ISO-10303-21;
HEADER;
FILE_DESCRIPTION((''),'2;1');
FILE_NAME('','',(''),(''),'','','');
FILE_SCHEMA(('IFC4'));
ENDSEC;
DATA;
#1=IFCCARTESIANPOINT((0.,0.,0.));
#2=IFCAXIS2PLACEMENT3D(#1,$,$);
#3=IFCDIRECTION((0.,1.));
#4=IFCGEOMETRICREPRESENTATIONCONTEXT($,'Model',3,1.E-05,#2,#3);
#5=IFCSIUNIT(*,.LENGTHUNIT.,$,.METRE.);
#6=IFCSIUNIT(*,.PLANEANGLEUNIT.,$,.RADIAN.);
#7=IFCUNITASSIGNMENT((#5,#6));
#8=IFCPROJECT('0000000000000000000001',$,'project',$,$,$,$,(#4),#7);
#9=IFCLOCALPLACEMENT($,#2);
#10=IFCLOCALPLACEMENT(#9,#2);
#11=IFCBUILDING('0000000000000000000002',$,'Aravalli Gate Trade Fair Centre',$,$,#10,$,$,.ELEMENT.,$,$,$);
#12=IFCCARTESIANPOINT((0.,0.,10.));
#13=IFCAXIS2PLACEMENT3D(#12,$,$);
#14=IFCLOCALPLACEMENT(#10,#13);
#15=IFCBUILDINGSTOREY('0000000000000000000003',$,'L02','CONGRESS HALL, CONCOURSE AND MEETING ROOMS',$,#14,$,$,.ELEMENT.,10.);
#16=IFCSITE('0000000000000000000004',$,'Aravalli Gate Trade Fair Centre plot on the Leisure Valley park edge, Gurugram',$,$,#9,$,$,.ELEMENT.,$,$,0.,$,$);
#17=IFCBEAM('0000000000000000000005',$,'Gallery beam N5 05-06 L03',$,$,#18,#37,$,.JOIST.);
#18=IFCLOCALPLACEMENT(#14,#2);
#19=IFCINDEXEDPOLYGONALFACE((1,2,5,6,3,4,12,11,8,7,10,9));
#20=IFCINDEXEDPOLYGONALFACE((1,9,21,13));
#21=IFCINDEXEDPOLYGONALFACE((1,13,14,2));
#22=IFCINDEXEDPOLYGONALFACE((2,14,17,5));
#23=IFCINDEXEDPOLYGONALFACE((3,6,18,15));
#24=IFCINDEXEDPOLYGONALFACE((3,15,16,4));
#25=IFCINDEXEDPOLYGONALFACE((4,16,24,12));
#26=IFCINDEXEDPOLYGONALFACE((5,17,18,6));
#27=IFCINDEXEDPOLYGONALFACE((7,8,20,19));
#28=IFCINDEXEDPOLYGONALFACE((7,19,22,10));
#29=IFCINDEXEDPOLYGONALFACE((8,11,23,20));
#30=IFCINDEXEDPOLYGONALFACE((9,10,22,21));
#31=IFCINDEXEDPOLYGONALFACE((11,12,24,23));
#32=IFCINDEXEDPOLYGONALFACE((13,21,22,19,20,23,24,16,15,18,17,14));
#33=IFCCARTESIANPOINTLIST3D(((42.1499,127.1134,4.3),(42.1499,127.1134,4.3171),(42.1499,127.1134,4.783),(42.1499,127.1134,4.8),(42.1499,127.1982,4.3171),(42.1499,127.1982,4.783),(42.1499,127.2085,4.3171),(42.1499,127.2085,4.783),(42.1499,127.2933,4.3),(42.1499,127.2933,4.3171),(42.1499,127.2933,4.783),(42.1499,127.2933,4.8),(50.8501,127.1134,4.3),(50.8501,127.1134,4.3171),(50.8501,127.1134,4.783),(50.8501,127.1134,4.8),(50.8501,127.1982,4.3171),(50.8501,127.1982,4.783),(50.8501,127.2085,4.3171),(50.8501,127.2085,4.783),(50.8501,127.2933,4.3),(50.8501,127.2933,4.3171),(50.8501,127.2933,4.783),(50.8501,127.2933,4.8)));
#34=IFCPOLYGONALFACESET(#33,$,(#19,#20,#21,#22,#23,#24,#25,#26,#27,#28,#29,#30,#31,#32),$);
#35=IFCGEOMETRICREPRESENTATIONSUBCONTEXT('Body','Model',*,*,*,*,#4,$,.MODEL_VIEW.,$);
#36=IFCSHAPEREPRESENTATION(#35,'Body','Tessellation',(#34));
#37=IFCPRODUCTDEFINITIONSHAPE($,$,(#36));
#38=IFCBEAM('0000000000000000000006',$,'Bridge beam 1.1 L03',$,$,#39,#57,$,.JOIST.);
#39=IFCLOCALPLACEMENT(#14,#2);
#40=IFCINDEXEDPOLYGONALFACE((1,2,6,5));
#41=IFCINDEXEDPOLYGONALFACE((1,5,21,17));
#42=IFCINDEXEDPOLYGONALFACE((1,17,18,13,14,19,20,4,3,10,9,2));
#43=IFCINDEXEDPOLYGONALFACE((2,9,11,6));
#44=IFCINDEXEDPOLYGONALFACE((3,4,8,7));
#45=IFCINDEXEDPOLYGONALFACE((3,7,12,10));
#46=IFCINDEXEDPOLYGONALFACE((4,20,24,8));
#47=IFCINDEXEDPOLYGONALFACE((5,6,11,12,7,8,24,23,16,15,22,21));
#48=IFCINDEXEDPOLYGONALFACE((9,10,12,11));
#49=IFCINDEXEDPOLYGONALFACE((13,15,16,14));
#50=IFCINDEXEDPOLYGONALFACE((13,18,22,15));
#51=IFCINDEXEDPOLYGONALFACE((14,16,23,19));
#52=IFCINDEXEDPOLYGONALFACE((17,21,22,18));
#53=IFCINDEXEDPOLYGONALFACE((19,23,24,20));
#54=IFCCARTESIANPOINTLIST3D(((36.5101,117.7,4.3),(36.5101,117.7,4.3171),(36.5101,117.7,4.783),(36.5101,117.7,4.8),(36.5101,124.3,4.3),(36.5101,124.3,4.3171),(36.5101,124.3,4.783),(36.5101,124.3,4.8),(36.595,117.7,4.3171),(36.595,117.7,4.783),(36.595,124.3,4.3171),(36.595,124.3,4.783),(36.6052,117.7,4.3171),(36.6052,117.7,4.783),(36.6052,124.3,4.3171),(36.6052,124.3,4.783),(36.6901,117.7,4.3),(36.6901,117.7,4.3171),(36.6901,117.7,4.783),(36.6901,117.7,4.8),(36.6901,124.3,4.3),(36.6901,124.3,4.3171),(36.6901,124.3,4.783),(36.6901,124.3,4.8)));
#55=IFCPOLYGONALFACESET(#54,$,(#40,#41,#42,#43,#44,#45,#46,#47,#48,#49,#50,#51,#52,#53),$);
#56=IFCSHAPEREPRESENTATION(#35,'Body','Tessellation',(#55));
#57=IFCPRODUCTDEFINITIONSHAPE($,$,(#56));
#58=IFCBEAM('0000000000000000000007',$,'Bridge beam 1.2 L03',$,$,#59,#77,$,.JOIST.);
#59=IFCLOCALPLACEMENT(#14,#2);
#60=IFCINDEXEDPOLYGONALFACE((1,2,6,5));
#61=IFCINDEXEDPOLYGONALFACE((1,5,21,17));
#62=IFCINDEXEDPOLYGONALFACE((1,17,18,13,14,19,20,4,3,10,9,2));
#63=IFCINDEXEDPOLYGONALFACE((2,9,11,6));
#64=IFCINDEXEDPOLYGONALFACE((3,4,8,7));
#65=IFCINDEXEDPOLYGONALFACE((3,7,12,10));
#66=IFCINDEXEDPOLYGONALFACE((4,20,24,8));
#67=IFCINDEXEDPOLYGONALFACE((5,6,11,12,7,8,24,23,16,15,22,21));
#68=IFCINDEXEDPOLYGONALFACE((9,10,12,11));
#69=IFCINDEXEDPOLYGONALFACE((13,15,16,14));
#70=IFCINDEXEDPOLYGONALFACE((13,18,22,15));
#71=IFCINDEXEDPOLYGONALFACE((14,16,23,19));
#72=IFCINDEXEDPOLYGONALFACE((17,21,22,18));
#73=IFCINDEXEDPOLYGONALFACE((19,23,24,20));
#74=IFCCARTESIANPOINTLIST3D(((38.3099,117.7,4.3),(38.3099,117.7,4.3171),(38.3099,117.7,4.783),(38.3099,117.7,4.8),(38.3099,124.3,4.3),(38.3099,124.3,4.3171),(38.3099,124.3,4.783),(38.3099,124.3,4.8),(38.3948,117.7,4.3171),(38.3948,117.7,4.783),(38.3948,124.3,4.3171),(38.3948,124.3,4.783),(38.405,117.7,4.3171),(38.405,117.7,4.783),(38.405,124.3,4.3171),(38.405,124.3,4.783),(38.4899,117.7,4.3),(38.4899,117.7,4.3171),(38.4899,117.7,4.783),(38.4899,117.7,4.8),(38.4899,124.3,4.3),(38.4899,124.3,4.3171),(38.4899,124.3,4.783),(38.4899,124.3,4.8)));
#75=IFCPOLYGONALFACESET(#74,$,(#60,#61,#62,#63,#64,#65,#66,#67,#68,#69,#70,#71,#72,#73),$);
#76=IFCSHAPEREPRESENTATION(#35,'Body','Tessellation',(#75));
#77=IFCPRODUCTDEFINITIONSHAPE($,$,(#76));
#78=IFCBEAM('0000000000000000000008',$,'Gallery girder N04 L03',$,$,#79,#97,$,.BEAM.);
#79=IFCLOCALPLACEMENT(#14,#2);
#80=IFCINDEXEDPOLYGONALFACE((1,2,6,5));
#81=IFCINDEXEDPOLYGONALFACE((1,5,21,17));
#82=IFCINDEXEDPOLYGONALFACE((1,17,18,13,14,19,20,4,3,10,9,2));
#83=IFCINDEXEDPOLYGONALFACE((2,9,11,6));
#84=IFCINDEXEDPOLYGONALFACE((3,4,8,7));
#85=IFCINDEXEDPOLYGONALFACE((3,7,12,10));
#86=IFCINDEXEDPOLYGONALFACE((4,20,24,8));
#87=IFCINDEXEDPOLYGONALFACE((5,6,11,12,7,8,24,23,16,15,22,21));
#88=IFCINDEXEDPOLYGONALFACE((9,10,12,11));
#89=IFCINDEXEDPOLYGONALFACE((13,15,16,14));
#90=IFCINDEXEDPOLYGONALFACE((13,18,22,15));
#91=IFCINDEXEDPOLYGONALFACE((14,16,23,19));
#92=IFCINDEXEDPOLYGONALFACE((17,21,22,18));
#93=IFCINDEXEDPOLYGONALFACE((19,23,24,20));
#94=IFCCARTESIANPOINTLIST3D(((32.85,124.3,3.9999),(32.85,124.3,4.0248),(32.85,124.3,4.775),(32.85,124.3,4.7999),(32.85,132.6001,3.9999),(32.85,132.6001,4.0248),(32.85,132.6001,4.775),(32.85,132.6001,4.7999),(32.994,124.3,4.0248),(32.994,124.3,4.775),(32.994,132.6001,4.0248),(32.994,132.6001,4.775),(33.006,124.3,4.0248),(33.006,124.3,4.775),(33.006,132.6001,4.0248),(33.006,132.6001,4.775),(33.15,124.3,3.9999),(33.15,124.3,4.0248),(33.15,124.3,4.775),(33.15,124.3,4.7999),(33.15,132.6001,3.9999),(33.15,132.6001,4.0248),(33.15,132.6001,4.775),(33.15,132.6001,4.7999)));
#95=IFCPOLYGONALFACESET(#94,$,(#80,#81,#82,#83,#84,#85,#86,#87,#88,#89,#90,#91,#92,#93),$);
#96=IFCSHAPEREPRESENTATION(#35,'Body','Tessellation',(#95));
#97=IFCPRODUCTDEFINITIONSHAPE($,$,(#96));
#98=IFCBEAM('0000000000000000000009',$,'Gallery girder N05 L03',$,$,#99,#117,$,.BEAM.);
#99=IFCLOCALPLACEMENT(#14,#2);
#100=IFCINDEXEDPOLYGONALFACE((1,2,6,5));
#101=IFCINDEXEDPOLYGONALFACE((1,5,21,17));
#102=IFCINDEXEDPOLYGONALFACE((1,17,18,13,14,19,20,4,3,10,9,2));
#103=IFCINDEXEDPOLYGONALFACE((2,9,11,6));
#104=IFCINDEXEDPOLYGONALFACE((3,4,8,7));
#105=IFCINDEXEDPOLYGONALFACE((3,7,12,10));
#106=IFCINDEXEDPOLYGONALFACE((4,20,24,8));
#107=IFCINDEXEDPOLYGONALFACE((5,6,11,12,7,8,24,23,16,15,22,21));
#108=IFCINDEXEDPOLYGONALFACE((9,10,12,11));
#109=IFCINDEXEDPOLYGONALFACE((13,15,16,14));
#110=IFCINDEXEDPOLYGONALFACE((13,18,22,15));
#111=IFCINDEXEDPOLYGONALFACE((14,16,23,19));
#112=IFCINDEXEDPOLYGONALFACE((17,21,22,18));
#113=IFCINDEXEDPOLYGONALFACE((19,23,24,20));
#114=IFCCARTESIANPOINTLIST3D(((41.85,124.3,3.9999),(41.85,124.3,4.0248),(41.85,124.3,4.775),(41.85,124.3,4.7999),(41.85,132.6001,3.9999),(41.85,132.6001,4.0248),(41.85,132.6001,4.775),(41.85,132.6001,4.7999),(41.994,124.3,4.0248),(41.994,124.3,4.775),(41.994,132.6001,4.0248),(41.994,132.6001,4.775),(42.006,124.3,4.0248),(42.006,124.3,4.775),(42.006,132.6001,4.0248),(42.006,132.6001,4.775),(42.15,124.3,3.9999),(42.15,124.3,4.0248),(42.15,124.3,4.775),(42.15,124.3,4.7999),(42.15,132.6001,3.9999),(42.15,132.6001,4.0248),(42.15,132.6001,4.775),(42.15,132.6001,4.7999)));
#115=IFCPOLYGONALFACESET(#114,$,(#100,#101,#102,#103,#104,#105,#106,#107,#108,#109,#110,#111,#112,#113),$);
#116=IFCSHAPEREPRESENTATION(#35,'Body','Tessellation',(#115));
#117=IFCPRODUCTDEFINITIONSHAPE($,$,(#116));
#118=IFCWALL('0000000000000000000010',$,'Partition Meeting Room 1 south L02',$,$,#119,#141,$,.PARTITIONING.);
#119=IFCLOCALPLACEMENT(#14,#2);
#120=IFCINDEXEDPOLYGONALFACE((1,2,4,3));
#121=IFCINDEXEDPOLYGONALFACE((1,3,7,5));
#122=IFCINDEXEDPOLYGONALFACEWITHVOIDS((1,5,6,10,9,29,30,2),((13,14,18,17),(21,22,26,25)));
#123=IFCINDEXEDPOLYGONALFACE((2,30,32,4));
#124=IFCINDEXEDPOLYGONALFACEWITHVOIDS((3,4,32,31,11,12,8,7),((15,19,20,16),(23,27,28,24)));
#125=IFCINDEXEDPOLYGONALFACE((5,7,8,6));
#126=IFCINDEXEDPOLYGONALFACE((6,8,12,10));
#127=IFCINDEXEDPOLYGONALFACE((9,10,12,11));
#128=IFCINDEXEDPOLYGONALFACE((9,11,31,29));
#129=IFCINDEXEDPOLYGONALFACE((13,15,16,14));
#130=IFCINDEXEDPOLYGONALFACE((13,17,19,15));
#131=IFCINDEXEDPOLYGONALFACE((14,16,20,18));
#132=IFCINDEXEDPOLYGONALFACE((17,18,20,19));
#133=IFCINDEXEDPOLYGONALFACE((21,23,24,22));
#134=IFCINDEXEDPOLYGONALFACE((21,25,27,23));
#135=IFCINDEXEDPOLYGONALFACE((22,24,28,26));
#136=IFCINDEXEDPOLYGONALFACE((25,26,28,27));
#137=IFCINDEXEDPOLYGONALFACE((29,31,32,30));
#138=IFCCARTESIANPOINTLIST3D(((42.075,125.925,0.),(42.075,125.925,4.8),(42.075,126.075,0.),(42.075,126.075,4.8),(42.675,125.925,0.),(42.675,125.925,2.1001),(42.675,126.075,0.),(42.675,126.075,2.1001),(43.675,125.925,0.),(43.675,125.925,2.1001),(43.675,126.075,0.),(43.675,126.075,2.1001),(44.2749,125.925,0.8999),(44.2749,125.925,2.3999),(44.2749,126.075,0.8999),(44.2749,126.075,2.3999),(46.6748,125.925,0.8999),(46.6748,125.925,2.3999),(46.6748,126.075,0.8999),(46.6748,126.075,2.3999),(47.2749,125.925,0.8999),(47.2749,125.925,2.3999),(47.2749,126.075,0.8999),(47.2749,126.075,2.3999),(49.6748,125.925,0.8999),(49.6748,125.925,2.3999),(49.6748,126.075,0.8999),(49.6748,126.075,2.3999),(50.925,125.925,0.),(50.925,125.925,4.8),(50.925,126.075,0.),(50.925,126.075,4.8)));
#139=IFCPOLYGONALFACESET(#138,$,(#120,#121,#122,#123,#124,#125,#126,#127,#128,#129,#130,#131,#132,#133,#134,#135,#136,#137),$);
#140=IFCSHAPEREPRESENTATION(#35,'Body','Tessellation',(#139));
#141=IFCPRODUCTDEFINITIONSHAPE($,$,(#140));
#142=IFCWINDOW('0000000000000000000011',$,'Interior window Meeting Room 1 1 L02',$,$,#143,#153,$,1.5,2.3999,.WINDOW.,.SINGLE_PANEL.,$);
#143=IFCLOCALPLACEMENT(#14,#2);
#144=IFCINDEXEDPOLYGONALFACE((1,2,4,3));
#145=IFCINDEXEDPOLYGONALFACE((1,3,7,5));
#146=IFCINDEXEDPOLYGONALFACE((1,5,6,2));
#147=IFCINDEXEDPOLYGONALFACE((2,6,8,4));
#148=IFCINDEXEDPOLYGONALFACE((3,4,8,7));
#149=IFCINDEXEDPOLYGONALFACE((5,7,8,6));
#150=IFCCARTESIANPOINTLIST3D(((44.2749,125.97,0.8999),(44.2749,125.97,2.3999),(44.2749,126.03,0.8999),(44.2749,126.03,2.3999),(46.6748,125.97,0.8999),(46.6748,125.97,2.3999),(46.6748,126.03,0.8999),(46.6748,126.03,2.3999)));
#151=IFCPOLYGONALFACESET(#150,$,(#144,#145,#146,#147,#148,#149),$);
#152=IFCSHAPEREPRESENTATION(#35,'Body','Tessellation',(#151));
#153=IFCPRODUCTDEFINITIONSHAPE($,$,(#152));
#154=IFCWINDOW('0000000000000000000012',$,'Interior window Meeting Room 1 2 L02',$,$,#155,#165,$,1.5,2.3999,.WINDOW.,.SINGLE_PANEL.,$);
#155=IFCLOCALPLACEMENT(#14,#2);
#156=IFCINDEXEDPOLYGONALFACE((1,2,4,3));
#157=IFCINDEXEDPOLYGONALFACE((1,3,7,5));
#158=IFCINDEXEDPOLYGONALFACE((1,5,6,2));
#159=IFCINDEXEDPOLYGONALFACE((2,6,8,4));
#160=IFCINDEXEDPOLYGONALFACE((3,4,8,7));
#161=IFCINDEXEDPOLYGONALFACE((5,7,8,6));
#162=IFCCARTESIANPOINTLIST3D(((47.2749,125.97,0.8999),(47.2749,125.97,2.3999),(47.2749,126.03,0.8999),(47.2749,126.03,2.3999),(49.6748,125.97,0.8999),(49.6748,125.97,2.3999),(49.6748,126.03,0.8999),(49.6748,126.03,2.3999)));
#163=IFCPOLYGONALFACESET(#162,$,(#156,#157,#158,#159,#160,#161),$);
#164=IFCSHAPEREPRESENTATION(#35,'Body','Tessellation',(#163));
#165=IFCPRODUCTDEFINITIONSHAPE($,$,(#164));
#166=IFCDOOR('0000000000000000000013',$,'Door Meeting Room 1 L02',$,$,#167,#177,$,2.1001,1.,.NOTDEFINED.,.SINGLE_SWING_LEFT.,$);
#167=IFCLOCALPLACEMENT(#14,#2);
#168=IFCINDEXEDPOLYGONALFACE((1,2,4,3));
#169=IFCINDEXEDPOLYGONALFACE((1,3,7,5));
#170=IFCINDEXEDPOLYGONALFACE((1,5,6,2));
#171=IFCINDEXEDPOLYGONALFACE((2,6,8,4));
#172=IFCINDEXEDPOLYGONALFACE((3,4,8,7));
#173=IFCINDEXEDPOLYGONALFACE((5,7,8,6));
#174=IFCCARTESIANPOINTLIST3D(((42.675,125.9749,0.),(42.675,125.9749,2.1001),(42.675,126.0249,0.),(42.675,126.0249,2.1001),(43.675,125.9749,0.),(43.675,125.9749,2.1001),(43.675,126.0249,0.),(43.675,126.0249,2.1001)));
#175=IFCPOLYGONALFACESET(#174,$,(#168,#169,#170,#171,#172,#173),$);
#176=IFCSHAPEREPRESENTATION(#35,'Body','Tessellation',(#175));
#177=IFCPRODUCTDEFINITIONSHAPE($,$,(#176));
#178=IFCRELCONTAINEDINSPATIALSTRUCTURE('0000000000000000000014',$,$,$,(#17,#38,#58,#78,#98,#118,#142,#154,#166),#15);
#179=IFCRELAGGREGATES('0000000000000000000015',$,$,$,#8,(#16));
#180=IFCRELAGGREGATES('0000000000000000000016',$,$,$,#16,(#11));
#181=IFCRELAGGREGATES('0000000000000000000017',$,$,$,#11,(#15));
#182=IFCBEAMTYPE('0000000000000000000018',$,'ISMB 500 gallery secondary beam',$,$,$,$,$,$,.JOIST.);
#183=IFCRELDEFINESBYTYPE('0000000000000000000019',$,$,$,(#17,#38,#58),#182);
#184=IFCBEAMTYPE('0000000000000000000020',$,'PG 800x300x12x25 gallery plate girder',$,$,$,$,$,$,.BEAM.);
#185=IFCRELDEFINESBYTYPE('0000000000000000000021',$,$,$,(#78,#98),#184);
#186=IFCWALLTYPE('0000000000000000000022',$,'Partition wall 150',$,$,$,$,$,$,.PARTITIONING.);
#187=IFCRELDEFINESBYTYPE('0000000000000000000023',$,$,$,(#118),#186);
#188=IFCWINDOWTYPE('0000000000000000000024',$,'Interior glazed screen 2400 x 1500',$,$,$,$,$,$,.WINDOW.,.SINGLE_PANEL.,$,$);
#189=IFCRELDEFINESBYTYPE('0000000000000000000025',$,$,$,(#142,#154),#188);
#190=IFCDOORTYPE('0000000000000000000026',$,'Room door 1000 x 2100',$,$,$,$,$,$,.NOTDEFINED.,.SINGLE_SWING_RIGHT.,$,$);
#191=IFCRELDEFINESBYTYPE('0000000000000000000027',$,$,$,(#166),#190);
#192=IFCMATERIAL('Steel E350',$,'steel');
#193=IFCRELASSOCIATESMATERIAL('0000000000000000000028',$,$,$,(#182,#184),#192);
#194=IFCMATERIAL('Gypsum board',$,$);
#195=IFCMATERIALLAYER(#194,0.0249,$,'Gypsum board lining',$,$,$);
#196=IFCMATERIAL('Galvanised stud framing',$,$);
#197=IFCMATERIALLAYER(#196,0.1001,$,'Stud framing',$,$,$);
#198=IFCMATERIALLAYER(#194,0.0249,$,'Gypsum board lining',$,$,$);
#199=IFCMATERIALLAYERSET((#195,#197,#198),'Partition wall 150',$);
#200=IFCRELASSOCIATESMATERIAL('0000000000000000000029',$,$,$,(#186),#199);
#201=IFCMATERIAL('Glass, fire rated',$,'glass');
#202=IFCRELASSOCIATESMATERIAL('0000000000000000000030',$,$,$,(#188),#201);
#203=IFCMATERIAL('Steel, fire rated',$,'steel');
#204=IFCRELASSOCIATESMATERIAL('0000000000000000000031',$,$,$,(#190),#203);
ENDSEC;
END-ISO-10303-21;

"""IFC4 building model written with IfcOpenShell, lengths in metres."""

from ifc_helpers import new_model, si_unit, direction, frame, frame_2d, origin, origin_2d, place, context, subcontext, project, spatial, rectangle, i_section, extrude, material, layer, layer_set, material_profile, profile_set, type_object, element, fill, save


model = new_model("IFC4")

# Units and contexts
model_context = context("Model", 3, precision=1e-05, world=origin(), true_north=direction((0.0, 1.0)))
body_context = subcontext(model_context, "Body", "Model", "MODEL_VIEW")
ifc_project = project(units=[si_unit("LENGTHUNIT", "METRE"), si_unit("PLANEANGLEUNIT", "RADIAN")], contexts=[model_context])

# Site, building, storey
site_placement = place(None, origin())
site = spatial("IfcSite", under=ifc_project, at=site_placement, Name="Aravalli Gate Trade Fair Centre plot on the Leisure Valley park edge, Gurugram", CompositionType="ELEMENT", RefElevation=0.0)
building_placement = place(site_placement, origin())
building = spatial("IfcBuilding", under=site, at=building_placement, Name="Aravalli Gate Trade Fair Centre", CompositionType="ELEMENT")
storey_placement = place(building_placement, frame((0.0, 0.0, 10.0)))
storey = spatial("IfcBuildingStorey", under=building, at=storey_placement, Name="L02", Description="CONGRESS HALL, CONCOURSE AND MEETING ROOMS", CompositionType="ELEMENT", Elevation=10.0)

# Beams
ifc_material_1 = material(Name="Steel E350", Category="steel")
ifc_material_profile_1 = material_profile(ifc_material_1, i_section(OverallWidth=0.1799, OverallDepth=0.5, WebThickness=0.0103, FlangeThickness=0.0171, at=origin_2d()), Name="ISMB 500")
ifc_profile_set_1 = profile_set([ifc_material_profile_1], Name="Steel E350")
beam_type_1 = type_object("IfcBeamType", Name="ISMB 500 gallery secondary beam", PredefinedType="JOIST", material=ifc_profile_set_1)
for number, where, z_axis, x_axis, name in (
    (1, (42.1499, 127.2034, 4.55), (1.0, 0.0, 0.0), (0.0, 1.0, 0.0), "Gallery beam N5 05-06 L03"),
):
    element("IfcBeam", number, at=place(storey_placement, frame(where, z_axis=z_axis, x_axis=x_axis)), inside=storey, type_object=beam_type_1, Name=name, PredefinedType="JOIST", context=body_context, shape_type="SweptSolid", body=[
        extrude(i_section(OverallWidth=0.1799, OverallDepth=0.5, WebThickness=0.0103, FlangeThickness=0.0171, at=origin_2d()), origin(), (0.0, 0.0, 1.0), 8.7002),
    ])
for number, where, z_axis, x_axis, name in (
    (2, (36.6001, 117.7, 4.55), (0.0, 1.0, 0.0), (-1.0, 0.0, 0.0), "Bridge beam 1.1 L03"),
    (3, (38.3999, 117.7, 4.55), (0.0, 1.0, 0.0), (-1.0, 0.0, 0.0), "Bridge beam 1.2 L03"),
):
    element("IfcBeam", number, at=place(storey_placement, frame(where, z_axis=z_axis, x_axis=x_axis)), inside=storey, type_object=beam_type_1, Name=name, PredefinedType="JOIST", context=body_context, shape_type="SweptSolid", body=[
        extrude(i_section(OverallWidth=0.1799, OverallDepth=0.5, WebThickness=0.0103, FlangeThickness=0.0171, at=origin_2d()), origin(), (0.0, 0.0, 1.0), 6.6001),
    ])
ifc_material_profile_2 = material_profile(ifc_material_1, i_section(OverallWidth=0.3, OverallDepth=0.8, WebThickness=0.012, FlangeThickness=0.0249, at=origin_2d()), Name="PG 800x300x12x25")
ifc_profile_set_2 = profile_set([ifc_material_profile_2], Name="Steel E350")
beam_type_2 = type_object("IfcBeamType", Name="PG 800x300x12x25 gallery plate girder", PredefinedType="BEAM", material=ifc_profile_set_2)
for number, where, z_axis, x_axis, name in (
    (4, (33.0, 124.3, 4.3999), (0.0, 1.0, 0.0), (-1.0, 0.0, 0.0), "Gallery girder N04 L03"),
    (5, (42.0, 124.3, 4.3999), (0.0, 1.0, 0.0), (-1.0, 0.0, 0.0), "Gallery girder N05 L03"),
):
    element("IfcBeam", number, at=place(storey_placement, frame(where, z_axis=z_axis, x_axis=x_axis)), inside=storey, type_object=beam_type_2, Name=name, PredefinedType="BEAM", context=body_context, shape_type="SweptSolid", body=[
        extrude(i_section(OverallWidth=0.3, OverallDepth=0.8, WebThickness=0.012, FlangeThickness=0.0249, at=origin_2d()), origin(), (0.0, 0.0, 1.0), 8.3),
    ])

# Wall, openings, windows, door
ifc_material_2 = material(Name="Gypsum board")
ifc_layer_1 = layer(ifc_material_2, 0.0249, Name="Gypsum board lining")
ifc_material_3 = material(Name="Galvanised stud framing")
ifc_layer_2 = layer(ifc_material_3, 0.1001, Name="Stud framing")
ifc_layer_3 = layer(ifc_material_2, 0.0249, Name="Gypsum board lining")
ifc_layer_set_1 = layer_set([ifc_layer_1, ifc_layer_2, ifc_layer_3], Name="Partition wall 150")
wall_type_1 = type_object("IfcWallType", Name="Partition wall 150", PredefinedType="PARTITIONING", material=ifc_layer_set_1)
wall_1_placement = place(storey_placement, frame((42.075, 126.0, 0.0), z_axis=(0.0, 0.0, 1.0), x_axis=(1.0, 0.0, 0.0)))
wall_1 = element("IfcWall", 6, at=wall_1_placement, inside=storey, type_object=wall_type_1, Name="Partition Meeting Room 1 south L02", PredefinedType="PARTITIONING", context=body_context, shape_type="SweptSolid", body=[
    extrude(rectangle(XDim=8.8501, YDim=0.1499, at=frame_2d((4.425, 0.0))), origin(), (0.0, 0.0, 1.0), 4.8),
])
opening_1_placement = place(wall_1_placement, frame((0.6001, 0.0, 0.0)))
opening_1 = element("IfcOpeningElement", 7, at=opening_1_placement, cuts=wall_1, PredefinedType="OPENING", context=body_context, shape_type="SweptSolid", body=[
    extrude(rectangle(XDim=1.0, YDim=2.1001, at=frame_2d((0.5, 1.05))), frame((0.0, 0.085, 0.0), z_axis=(0.0, -1.0, 0.0), x_axis=(1.0, 0.0, 0.0)), (0.0, 0.0, 1.0), 0.1699),
])
opening_2_placement = place(wall_1_placement, frame((2.2, 0.0, 0.8999)))
opening_2 = element("IfcOpeningElement", 8, at=opening_2_placement, cuts=wall_1, PredefinedType="OPENING", context=body_context, shape_type="SweptSolid", body=[
    extrude(rectangle(XDim=2.3999, YDim=1.5, at=frame_2d((1.2, 0.75))), frame((0.0, 0.085, 0.0), z_axis=(0.0, -1.0, 0.0), x_axis=(1.0, 0.0, 0.0)), (0.0, 0.0, 1.0), 0.1699),
])
opening_3_placement = place(wall_1_placement, frame((5.2, 0.0, 0.8999)))
opening_3 = element("IfcOpeningElement", 9, at=opening_3_placement, cuts=wall_1, PredefinedType="OPENING", context=body_context, shape_type="SweptSolid", body=[
    extrude(rectangle(XDim=2.3999, YDim=1.5, at=frame_2d((1.2, 0.75))), frame((0.0, 0.085, 0.0), z_axis=(0.0, -1.0, 0.0), x_axis=(1.0, 0.0, 0.0)), (0.0, 0.0, 1.0), 0.1699),
])
ifc_material_4 = material(Name="Glass, fire rated", Category="glass")
window_type = type_object("IfcWindowType", Name="Interior glazed screen 2400 x 1500", PartitioningType="SINGLE_PANEL", PredefinedType="WINDOW", material=ifc_material_4)
window_1_placement = place(opening_2_placement, origin())
window_1 = element("IfcWindow", 10, at=window_1_placement, inside=storey, type_object=window_type, Name="Interior window Meeting Room 1 1 L02", OverallHeight=1.5, OverallWidth=2.3999, PartitioningType="SINGLE_PANEL", PredefinedType="WINDOW", context=body_context, shape_type="SweptSolid", body=[
    extrude(rectangle(XDim=2.3999, YDim=1.5, at=frame_2d((1.2, 0.75))), frame((0.0, 0.03, 0.0), z_axis=(0.0, -1.0, 0.0), x_axis=(1.0, 0.0, 0.0)), (0.0, 0.0, 1.0), 0.0601),
])
fill(opening_2, window_1)
window_2_placement = place(opening_3_placement, origin())
window_2 = element("IfcWindow", 11, at=window_2_placement, inside=storey, type_object=window_type, Name="Interior window Meeting Room 1 2 L02", OverallHeight=1.5, OverallWidth=2.3999, PartitioningType="SINGLE_PANEL", PredefinedType="WINDOW", context=body_context, shape_type="SweptSolid", body=[
    extrude(rectangle(XDim=2.3999, YDim=1.5, at=frame_2d((1.2, 0.75))), frame((0.0, 0.03, 0.0), z_axis=(0.0, -1.0, 0.0), x_axis=(1.0, 0.0, 0.0)), (0.0, 0.0, 1.0), 0.0601),
])
fill(opening_3, window_2)
ifc_material_5 = material(Name="Steel, fire rated", Category="steel")
door_type_1 = type_object("IfcDoorType", Name="Room door 1000 x 2100", OperationType="SINGLE_SWING_RIGHT", PredefinedType="NOTDEFINED", material=ifc_material_5)
door_1_placement = place(opening_1_placement, origin())
door_1 = element("IfcDoor", 12, at=door_1_placement, inside=storey, type_object=door_type_1, Name="Door Meeting Room 1 L02", OperationType="SINGLE_SWING_LEFT", OverallHeight=2.1001, OverallWidth=1.0, PredefinedType="NOTDEFINED", context=body_context, shape_type="SweptSolid", body=[
    extrude(rectangle(XDim=1.0, YDim=2.1001, at=frame_2d((0.5, 1.05))), frame((0.0, 0.0249, 0.0), z_axis=(0.0, -1.0, 0.0), x_axis=(1.0, 0.0, 0.0)), (0.0, 0.0, 1.0), 0.05),
])
fill(opening_1, door_1)

save(model, "model.ifc")
